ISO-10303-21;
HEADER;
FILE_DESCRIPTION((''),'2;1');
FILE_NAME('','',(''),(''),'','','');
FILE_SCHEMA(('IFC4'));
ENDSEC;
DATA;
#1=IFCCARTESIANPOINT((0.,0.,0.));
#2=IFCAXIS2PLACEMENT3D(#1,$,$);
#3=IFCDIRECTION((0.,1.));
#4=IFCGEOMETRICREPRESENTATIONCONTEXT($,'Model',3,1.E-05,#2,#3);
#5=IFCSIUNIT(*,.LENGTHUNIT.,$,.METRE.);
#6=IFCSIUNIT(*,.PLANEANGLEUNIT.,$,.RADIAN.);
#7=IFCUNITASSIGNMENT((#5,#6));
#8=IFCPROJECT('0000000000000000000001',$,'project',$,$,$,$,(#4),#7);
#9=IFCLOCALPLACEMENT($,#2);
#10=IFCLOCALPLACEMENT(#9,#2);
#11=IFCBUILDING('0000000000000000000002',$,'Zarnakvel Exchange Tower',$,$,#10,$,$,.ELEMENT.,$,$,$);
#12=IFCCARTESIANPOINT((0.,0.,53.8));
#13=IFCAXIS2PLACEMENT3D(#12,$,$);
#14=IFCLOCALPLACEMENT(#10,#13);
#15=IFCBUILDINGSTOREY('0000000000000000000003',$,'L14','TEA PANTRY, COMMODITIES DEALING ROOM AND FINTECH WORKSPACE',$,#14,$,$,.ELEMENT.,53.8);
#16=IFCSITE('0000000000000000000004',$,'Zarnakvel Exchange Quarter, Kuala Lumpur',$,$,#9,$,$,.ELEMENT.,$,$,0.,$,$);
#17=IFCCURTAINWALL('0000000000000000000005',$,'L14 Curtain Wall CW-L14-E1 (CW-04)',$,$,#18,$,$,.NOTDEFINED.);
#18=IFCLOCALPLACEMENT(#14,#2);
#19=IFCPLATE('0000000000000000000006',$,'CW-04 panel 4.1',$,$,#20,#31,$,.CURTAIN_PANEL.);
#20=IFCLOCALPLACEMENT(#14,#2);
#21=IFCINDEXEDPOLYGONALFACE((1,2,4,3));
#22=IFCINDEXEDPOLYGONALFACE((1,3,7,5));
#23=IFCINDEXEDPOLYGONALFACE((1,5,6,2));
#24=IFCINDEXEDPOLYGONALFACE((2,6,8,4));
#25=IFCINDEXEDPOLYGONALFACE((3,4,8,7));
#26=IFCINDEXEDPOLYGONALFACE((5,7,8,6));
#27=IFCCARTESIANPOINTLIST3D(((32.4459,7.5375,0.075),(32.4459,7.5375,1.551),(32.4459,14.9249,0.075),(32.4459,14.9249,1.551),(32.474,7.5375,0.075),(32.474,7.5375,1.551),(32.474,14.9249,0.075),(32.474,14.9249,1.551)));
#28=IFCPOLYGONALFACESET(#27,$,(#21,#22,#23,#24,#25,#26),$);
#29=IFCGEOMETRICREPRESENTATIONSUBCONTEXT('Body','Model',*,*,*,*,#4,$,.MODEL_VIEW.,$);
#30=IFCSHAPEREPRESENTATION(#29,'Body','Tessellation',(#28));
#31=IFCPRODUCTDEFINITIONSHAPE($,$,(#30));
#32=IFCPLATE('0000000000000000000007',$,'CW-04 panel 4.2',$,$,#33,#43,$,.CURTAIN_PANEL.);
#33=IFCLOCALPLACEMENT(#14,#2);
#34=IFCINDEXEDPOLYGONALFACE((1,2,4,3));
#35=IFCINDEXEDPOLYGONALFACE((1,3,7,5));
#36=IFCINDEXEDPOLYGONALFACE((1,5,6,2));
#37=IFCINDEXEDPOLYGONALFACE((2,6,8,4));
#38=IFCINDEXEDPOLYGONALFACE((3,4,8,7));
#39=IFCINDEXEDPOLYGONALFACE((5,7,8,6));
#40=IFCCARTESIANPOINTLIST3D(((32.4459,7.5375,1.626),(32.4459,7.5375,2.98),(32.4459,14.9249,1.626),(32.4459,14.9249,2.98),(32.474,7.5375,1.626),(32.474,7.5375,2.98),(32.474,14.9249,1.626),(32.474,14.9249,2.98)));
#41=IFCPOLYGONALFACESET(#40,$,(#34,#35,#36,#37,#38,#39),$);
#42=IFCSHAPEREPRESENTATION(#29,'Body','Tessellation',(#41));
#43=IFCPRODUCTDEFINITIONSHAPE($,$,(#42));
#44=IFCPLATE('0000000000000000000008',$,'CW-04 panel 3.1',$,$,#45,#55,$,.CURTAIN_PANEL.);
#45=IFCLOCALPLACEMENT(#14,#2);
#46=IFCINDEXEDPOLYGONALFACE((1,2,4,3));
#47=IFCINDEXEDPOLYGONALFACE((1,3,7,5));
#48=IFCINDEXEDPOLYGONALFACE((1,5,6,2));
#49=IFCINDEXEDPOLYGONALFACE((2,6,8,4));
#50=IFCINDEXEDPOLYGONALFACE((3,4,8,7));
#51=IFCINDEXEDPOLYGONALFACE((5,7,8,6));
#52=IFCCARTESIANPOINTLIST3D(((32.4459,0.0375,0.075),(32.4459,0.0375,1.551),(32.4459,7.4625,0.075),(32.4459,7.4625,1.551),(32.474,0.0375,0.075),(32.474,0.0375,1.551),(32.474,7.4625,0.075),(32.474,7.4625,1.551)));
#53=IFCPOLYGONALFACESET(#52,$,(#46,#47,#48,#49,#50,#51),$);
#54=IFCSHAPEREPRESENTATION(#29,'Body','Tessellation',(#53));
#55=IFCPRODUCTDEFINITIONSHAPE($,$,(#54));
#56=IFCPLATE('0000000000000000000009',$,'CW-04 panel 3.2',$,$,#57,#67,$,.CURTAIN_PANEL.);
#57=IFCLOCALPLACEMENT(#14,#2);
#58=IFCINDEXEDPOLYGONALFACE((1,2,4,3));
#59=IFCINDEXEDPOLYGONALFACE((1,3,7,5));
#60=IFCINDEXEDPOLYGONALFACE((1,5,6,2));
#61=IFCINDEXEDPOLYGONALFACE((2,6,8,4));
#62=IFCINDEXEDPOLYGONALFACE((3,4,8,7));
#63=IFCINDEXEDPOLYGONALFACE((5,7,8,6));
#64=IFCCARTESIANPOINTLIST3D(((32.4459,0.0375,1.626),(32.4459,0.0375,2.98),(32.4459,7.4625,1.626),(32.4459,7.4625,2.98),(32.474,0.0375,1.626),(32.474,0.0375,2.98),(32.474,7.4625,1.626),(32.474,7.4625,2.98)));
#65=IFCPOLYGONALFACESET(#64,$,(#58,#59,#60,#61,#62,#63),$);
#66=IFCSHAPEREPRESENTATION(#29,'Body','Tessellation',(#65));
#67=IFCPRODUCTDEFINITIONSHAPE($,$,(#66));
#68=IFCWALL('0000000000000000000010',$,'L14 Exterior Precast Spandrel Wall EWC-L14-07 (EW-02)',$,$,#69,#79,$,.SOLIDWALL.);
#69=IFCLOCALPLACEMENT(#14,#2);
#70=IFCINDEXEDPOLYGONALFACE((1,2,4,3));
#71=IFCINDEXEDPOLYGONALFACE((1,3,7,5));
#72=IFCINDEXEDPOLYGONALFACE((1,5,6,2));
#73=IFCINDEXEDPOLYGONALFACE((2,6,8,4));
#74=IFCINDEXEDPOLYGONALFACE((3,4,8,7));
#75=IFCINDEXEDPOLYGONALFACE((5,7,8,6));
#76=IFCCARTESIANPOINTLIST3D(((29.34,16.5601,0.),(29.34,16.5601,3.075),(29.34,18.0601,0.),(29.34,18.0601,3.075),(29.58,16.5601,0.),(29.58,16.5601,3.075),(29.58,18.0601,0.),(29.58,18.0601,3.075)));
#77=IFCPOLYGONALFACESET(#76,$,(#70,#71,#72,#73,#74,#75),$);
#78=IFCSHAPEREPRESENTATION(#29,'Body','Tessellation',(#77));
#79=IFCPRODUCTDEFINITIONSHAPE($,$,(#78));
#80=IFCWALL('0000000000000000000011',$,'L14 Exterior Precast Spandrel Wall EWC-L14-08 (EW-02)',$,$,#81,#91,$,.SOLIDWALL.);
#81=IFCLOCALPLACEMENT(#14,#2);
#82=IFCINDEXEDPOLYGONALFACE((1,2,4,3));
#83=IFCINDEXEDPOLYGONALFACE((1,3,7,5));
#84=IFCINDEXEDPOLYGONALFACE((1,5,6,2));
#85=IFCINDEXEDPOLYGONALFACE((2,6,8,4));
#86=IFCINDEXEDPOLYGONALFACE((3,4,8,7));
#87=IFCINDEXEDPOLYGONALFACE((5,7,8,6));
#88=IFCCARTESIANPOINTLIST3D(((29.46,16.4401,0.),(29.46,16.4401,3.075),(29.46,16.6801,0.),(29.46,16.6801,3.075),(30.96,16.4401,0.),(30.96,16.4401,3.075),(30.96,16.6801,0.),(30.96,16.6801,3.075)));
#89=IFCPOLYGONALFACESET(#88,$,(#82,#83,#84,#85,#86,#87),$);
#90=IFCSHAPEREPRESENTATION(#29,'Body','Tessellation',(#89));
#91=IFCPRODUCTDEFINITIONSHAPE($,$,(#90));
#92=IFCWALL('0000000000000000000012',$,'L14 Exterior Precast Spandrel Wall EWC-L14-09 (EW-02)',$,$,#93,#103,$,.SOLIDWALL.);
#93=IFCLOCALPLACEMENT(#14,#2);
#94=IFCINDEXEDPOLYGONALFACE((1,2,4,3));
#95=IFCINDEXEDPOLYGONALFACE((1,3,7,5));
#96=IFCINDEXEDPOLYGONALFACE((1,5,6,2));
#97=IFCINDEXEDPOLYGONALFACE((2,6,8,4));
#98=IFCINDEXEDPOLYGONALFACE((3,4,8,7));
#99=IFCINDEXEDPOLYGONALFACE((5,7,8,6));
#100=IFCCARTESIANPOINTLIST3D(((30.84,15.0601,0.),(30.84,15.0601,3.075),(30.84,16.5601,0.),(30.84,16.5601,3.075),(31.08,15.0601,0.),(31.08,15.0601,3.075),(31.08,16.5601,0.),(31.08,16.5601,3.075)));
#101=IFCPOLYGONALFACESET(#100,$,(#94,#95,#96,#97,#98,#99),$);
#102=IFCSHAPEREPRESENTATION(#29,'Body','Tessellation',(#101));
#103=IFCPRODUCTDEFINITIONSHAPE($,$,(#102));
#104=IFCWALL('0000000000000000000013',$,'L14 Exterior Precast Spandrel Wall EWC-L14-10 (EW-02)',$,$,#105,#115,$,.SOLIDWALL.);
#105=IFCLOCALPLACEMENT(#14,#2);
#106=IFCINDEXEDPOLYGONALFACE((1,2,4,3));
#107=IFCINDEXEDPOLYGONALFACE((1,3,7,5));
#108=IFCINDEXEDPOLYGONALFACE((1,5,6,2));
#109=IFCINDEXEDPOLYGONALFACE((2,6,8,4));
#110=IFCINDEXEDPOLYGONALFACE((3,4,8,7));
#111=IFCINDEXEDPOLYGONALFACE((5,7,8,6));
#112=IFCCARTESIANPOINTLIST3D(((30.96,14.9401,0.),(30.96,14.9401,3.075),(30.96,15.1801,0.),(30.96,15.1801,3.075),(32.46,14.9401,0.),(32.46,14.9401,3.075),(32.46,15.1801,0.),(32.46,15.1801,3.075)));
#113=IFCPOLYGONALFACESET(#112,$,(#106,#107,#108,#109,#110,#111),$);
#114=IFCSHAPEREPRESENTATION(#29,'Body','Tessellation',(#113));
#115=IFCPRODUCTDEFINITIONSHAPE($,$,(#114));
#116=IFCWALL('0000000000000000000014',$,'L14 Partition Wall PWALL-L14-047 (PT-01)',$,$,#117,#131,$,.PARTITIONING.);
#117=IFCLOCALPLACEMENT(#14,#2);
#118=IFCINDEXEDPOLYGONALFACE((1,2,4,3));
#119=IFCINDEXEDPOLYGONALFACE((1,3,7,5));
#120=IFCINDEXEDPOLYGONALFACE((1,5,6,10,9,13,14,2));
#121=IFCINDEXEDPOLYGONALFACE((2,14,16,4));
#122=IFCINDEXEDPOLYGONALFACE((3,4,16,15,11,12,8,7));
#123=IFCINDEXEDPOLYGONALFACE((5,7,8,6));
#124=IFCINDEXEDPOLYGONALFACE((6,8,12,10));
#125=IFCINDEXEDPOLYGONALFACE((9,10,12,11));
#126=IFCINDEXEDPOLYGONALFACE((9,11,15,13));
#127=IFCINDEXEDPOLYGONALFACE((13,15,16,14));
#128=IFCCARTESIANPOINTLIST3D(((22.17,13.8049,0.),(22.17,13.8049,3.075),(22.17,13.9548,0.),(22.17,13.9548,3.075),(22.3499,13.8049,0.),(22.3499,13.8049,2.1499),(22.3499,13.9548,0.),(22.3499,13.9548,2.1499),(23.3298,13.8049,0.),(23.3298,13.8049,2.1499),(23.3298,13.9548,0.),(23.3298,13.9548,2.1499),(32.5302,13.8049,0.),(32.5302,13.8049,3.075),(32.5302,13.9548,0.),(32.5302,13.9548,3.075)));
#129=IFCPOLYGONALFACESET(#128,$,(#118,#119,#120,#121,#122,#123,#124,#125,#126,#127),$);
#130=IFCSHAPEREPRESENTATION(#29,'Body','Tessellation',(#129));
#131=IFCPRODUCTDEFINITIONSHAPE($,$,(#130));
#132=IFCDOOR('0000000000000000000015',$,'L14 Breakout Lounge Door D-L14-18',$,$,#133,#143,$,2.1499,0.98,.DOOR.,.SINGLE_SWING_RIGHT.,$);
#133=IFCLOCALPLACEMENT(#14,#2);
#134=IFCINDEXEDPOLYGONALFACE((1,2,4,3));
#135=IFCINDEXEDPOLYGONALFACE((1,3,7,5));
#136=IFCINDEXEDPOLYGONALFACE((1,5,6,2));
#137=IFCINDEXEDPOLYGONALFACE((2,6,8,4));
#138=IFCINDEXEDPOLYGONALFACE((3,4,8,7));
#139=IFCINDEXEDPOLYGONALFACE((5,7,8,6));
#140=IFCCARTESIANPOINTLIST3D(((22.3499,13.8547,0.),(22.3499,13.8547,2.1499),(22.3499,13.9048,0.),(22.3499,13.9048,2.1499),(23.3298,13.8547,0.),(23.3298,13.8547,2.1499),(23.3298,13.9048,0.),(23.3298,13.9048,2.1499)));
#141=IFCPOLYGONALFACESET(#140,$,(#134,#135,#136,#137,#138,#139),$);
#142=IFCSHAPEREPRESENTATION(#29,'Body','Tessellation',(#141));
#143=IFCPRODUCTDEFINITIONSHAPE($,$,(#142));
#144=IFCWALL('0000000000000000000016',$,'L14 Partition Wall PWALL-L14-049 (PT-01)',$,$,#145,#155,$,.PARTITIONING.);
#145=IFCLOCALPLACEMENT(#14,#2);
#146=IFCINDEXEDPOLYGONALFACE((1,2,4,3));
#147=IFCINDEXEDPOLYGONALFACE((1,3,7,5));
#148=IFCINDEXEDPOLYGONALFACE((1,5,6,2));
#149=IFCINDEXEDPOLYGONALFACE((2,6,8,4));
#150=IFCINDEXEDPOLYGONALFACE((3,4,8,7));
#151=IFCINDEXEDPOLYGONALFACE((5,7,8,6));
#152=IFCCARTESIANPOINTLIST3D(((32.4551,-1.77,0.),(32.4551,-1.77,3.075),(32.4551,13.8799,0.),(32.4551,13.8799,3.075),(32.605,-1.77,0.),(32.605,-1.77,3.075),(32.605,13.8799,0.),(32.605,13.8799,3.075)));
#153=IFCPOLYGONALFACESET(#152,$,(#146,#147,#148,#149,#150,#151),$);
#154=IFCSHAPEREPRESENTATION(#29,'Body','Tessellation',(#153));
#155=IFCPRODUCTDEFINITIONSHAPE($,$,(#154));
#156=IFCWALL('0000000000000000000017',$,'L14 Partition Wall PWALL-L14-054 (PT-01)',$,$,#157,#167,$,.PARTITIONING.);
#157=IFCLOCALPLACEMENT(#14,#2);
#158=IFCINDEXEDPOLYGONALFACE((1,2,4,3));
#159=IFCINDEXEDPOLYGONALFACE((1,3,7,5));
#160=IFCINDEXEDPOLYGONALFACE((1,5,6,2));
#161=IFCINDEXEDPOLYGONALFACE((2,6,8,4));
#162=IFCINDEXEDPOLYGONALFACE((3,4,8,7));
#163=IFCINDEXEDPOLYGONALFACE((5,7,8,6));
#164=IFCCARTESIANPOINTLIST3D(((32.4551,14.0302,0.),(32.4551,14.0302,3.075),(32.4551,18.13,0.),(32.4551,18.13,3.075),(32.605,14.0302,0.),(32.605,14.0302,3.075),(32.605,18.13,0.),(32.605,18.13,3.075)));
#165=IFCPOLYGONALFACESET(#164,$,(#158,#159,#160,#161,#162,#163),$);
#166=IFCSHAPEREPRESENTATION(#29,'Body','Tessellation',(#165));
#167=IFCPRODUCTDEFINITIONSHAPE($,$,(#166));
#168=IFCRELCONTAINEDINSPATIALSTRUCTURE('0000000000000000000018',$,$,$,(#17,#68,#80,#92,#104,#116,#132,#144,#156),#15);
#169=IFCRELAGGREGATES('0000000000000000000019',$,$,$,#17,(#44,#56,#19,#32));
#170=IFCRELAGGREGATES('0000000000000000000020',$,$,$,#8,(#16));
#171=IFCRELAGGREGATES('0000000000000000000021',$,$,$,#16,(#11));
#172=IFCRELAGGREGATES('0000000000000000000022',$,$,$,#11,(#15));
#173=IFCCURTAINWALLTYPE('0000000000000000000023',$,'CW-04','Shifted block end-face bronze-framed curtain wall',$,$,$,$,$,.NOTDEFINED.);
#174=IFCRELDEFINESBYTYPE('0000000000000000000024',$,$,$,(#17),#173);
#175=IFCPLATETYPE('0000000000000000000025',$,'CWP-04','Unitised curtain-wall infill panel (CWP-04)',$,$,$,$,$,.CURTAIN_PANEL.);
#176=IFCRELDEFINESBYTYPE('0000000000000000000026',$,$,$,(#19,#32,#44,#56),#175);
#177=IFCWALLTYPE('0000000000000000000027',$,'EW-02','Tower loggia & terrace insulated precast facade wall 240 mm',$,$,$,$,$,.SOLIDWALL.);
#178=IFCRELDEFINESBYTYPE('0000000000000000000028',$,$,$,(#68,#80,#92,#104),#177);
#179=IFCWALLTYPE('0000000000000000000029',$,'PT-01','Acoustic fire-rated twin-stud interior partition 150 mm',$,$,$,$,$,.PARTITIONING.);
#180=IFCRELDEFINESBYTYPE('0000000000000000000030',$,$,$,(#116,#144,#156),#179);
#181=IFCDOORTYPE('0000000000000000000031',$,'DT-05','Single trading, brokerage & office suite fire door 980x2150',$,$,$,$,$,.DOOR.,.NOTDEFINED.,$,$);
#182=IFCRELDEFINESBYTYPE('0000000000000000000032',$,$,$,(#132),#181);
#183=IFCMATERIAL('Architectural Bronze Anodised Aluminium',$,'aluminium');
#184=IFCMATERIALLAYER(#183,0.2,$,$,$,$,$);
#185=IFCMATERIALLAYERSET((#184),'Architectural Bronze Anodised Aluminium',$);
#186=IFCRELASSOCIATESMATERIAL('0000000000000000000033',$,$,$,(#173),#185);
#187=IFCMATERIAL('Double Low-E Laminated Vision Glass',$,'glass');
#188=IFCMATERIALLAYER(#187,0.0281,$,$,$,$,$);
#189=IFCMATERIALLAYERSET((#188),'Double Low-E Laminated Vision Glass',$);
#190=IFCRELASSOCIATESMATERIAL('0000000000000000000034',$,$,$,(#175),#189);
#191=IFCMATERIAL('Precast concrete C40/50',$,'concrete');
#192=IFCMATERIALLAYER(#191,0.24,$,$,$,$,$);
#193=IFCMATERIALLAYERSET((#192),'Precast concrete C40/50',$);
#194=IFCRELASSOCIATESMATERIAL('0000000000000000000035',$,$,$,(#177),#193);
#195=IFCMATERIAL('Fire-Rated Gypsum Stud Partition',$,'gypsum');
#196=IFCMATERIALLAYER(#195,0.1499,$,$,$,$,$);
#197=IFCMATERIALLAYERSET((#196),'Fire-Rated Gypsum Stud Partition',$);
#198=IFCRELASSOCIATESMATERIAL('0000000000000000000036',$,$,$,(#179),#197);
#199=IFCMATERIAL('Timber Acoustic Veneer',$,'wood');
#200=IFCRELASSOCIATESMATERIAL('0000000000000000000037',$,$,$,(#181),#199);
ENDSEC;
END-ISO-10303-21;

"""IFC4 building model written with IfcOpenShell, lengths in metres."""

from ifc_helpers import new_model, si_unit, direction, frame, frame_2d, origin, origin_2d, place, context, subcontext, project, spatial, rectangle, extrude, source, transform, mapped, material, layer, layer_set, type_object, element, fill, aggregate, save


model = new_model("IFC4")

# Units and contexts
model_context = context("Model", 3, precision=1e-05, world=origin(), true_north=direction((0.0, 1.0)))
body_context = subcontext(model_context, "Body", "Model", "MODEL_VIEW")
ifc_project = project(units=[si_unit("LENGTHUNIT", "METRE"), si_unit("PLANEANGLEUNIT", "RADIAN")], contexts=[model_context])

# Site, building, storey
site_placement = place(None, origin())
site = spatial("IfcSite", under=ifc_project, at=site_placement, Name="Zarnakvel Exchange Quarter, Kuala Lumpur", CompositionType="ELEMENT", RefElevation=0.0)
building_placement = place(site_placement, origin())
building = spatial("IfcBuilding", under=site, at=building_placement, Name="Zarnakvel Exchange Tower", CompositionType="ELEMENT")
storey_placement = place(building_placement, frame((0.0, 0.0, 53.8)))
storey = spatial("IfcBuildingStorey", under=building, at=storey_placement, Name="L14", Description="TEA PANTRY, COMMODITIES DEALING ROOM AND FINTECH WORKSPACE", CompositionType="ELEMENT", Elevation=53.8)

# Curtain wall
ifc_material_1 = material(Name="Architectural Bronze Anodised Aluminium", Category="aluminium")
ifc_layer_1 = layer(ifc_material_1, 0.2)
ifc_layer_set_1 = layer_set([ifc_layer_1], Name="Architectural Bronze Anodised Aluminium")
curtain_wall_type_1 = type_object("IfcCurtainWallType", Name="CW-04", Description="Shifted block end-face bronze-framed curtain wall", PredefinedType="NOTDEFINED", material=ifc_layer_set_1)
curtain_wall_1_placement = place(storey_placement, origin())
curtain_wall_1 = element("IfcCurtainWall", 1, at=curtain_wall_1_placement, inside=storey, type_object=curtain_wall_type_1, Name="L14 Curtain Wall CW-L14-E1 (CW-04)", PredefinedType="NOTDEFINED")

# Plates
ifc_material_2 = material(Name="Double Low-E Laminated Vision Glass", Category="glass")
ifc_layer_2 = layer(ifc_material_2, 0.0281)
ifc_layer_set_2 = layer_set([ifc_layer_2], Name="Double Low-E Laminated Vision Glass")
plate_type_1 = type_object("IfcPlateType", Name="CWP-04", Description="Unitised curtain-wall infill panel (CWP-04)", PredefinedType="CURTAIN_PANEL", material=ifc_layer_set_2)
shared_shape_1 = source(origin(), body_context, "Body", "SweptSolid", [
    extrude(rectangle(XDim=7.3875, YDim=0.0281, at=origin_2d()), origin(), (0.0, 0.0, 1.0), 1.4761),
])
plate_1_placement = place(storey_placement, frame((32.46, 11.2312, 0.075), z_axis=(0.0, 0.0, 1.0), x_axis=(0.0, 1.0, 0.0)))
plate_1 = element("IfcPlate", 2, at=plate_1_placement, type_object=plate_type_1, Name="CW-04 panel 4.1", PredefinedType="CURTAIN_PANEL", context=body_context, shape_type="MappedRepresentation", body=[
    mapped(shared_shape_1, transform((0.0, 0.0, 0.0), x_axis=(1.0, 0.0, 0.0), y_axis=(0.0, 1.0, 0.0), z_axis=(0.0, 0.0, 1.0), scale=1.0)),
])
shared_shape_2 = source(origin(), body_context, "Body", "SweptSolid", [
    extrude(rectangle(XDim=7.3875, YDim=0.0281, at=origin_2d()), origin(), (0.0, 0.0, 1.0), 1.354),
])
plate_2_placement = place(storey_placement, frame((32.46, 11.2312, 1.626), z_axis=(0.0, 0.0, 1.0), x_axis=(0.0, 1.0, 0.0)))
plate_2 = element("IfcPlate", 3, at=plate_2_placement, type_object=plate_type_1, Name="CW-04 panel 4.2", PredefinedType="CURTAIN_PANEL", context=body_context, shape_type="MappedRepresentation", body=[
    mapped(shared_shape_2, transform((0.0, 0.0, 0.0), x_axis=(1.0, 0.0, 0.0), y_axis=(0.0, 1.0, 0.0), z_axis=(0.0, 0.0, 1.0), scale=1.0)),
])
shared_shape_3 = source(origin(), body_context, "Body", "SweptSolid", [
    extrude(rectangle(XDim=7.425, YDim=0.0281, at=origin_2d()), origin(), (0.0, 0.0, 1.0), 1.4761),
])
plate_3_placement = place(storey_placement, frame((32.46, 3.75, 0.075), z_axis=(0.0, 0.0, 1.0), x_axis=(0.0, 1.0, 0.0)))
plate_3 = element("IfcPlate", 4, at=plate_3_placement, type_object=plate_type_1, Name="CW-04 panel 3.1", PredefinedType="CURTAIN_PANEL", context=body_context, shape_type="MappedRepresentation", body=[
    mapped(shared_shape_3, transform((0.0, 0.0, 0.0), x_axis=(1.0, 0.0, 0.0), y_axis=(0.0, 1.0, 0.0), z_axis=(0.0, 0.0, 1.0), scale=1.0)),
])
shared_shape_4 = source(origin(), body_context, "Body", "SweptSolid", [
    extrude(rectangle(XDim=7.425, YDim=0.0281, at=origin_2d()), origin(), (0.0, 0.0, 1.0), 1.354),
])
plate_4_placement = place(storey_placement, frame((32.46, 3.75, 1.626), z_axis=(0.0, 0.0, 1.0), x_axis=(0.0, 1.0, 0.0)))
plate_4 = element("IfcPlate", 5, at=plate_4_placement, type_object=plate_type_1, Name="CW-04 panel 3.2", PredefinedType="CURTAIN_PANEL", context=body_context, shape_type="MappedRepresentation", body=[
    mapped(shared_shape_4, transform((0.0, 0.0, 0.0), x_axis=(1.0, 0.0, 0.0), y_axis=(0.0, 1.0, 0.0), z_axis=(0.0, 0.0, 1.0), scale=1.0)),
])
aggregate(curtain_wall_1, [plate_3, plate_4, plate_1, plate_2])

# Walls
ifc_material_3 = material(Name="Precast concrete C40/50", Category="concrete")
ifc_layer_3 = layer(ifc_material_3, 0.24)
ifc_layer_set_3 = layer_set([ifc_layer_3], Name="Precast concrete C40/50")
wall_type_1 = type_object("IfcWallType", Name="EW-02", Description="Tower loggia & terrace insulated precast facade wall 240 mm", PredefinedType="SOLIDWALL", material=ifc_layer_set_3)
for number, where, z_axis, x_axis, name in (
    (6, (29.46, 16.5601, 0.0), (0.0, 0.0, 1.0), (0.0, 1.0, 0.0), "L14 Exterior Precast Spandrel Wall EWC-L14-07 (EW-02)"),
    (7, (30.96, 16.5601, 0.0), (0.0, 0.0, 1.0), (-1.0, 0.0, 0.0), "L14 Exterior Precast Spandrel Wall EWC-L14-08 (EW-02)"),
    (8, (30.96, 15.0601, 0.0), (0.0, 0.0, 1.0), (0.0, 1.0, 0.0), "L14 Exterior Precast Spandrel Wall EWC-L14-09 (EW-02)"),
    (9, (32.46, 15.0601, 0.0), (0.0, 0.0, 1.0), (-1.0, 0.0, 0.0), "L14 Exterior Precast Spandrel Wall EWC-L14-10 (EW-02)"),
):
    element("IfcWall", number, at=place(storey_placement, frame(where, z_axis=z_axis, x_axis=x_axis)), inside=storey, type_object=wall_type_1, Name=name, PredefinedType="SOLIDWALL", context=body_context, shape_type="SweptSolid", body=[
        extrude(rectangle(XDim=1.5, YDim=0.24, at=frame_2d((0.75, 0.0))), origin(), (0.0, 0.0, 1.0), 3.075),
    ])

# Wall, opening, door
ifc_material_4 = material(Name="Fire-Rated Gypsum Stud Partition", Category="gypsum")
ifc_layer_4 = layer(ifc_material_4, 0.1499)
ifc_layer_set_4 = layer_set([ifc_layer_4], Name="Fire-Rated Gypsum Stud Partition")
wall_type_2 = type_object("IfcWallType", Name="PT-01", Description="Acoustic fire-rated twin-stud interior partition 150 mm", PredefinedType="PARTITIONING", material=ifc_layer_set_4)
wall_1_placement = place(storey_placement, frame((22.1699, 13.8799, 0.0), z_axis=(0.0, 0.0, 1.0), x_axis=(1.0, 0.0, 0.0)))
wall_1 = element("IfcWall", 10, at=wall_1_placement, inside=storey, type_object=wall_type_2, Name="L14 Partition Wall PWALL-L14-047 (PT-01)", PredefinedType="PARTITIONING", context=body_context, shape_type="SweptSolid", body=[
    extrude(rectangle(XDim=10.3601, YDim=0.1499, at=frame_2d((5.1802, 0.0))), origin(), (0.0, 0.0, 1.0), 3.075),
])
opening_placement = place(wall_1_placement, frame((0.1799, 0.0, 0.0)))
opening = element("IfcOpeningElement", 11, at=opening_placement, cuts=wall_1, PredefinedType="OPENING", context=body_context, shape_type="SweptSolid", body=[
    extrude(rectangle(XDim=0.98, YDim=2.1499, at=frame_2d((0.49, 1.075))), frame((0.0, 0.085, 0.0), z_axis=(0.0, -1.0, 0.0), x_axis=(1.0, 0.0, 0.0)), (0.0, 0.0, 1.0), 0.1699),
])
ifc_material_5 = material(Name="Timber Acoustic Veneer", Category="wood")
door_type = type_object("IfcDoorType", Name="DT-05", Description="Single trading, brokerage & office suite fire door 980x2150", OperationType="NOTDEFINED", PredefinedType="DOOR", material=ifc_material_5)
shared_shape_5 = source(origin(), body_context, "Body", "SweptSolid", [
    extrude(rectangle(XDim=0.98, YDim=2.1499, at=frame_2d((0.49, 1.075))), frame((0.0, 0.0249, 0.0), z_axis=(0.0, -1.0, 0.0), x_axis=(1.0, 0.0, 0.0)), (0.0, 0.0, 1.0), 0.05),
])
door_placement = place(opening_placement, origin())
door = element("IfcDoor", 12, at=door_placement, inside=storey, type_object=door_type, Name="L14 Breakout Lounge Door D-L14-18", OperationType="SINGLE_SWING_RIGHT", OverallHeight=2.1499, OverallWidth=0.98, PredefinedType="DOOR", context=body_context, shape_type="MappedRepresentation", body=[
    mapped(shared_shape_5, transform((0.0, 0.0, 0.0), x_axis=(1.0, 0.0, 0.0), y_axis=(0.0, 1.0, 0.0), z_axis=(0.0, 0.0, 1.0), scale=1.0)),
])
fill(opening, door)

# Walls
wall_2_placement = place(storey_placement, frame((32.53, 13.8799, 0.0), z_axis=(0.0, 0.0, 1.0), x_axis=(0.0, -1.0, 0.0)))
element("IfcWall", 13, at=wall_2_placement, inside=storey, type_object=wall_type_2, Name="L14 Partition Wall PWALL-L14-049 (PT-01)", PredefinedType="PARTITIONING", context=body_context, shape_type="SweptSolid", body=[
    extrude(rectangle(XDim=15.6499, YDim=0.1499, at=frame_2d((7.825, 0.0))), origin(), (0.0, 0.0, 1.0), 3.075),
])
wall_3_placement = place(storey_placement, frame((32.53, 18.1299, 0.0), z_axis=(0.0, 0.0, 1.0), x_axis=(0.0, -1.0, 0.0)))
element("IfcWall", 14, at=wall_3_placement, inside=storey, type_object=wall_type_2, Name="L14 Partition Wall PWALL-L14-054 (PT-01)", PredefinedType="PARTITIONING", context=body_context, shape_type="SweptSolid", body=[
    extrude(rectangle(XDim=4.0999, YDim=0.1499, at=frame_2d((2.0498, 0.0))), origin(), (0.0, 0.0, 1.0), 3.075),
])

save(model, "model.ifc")
